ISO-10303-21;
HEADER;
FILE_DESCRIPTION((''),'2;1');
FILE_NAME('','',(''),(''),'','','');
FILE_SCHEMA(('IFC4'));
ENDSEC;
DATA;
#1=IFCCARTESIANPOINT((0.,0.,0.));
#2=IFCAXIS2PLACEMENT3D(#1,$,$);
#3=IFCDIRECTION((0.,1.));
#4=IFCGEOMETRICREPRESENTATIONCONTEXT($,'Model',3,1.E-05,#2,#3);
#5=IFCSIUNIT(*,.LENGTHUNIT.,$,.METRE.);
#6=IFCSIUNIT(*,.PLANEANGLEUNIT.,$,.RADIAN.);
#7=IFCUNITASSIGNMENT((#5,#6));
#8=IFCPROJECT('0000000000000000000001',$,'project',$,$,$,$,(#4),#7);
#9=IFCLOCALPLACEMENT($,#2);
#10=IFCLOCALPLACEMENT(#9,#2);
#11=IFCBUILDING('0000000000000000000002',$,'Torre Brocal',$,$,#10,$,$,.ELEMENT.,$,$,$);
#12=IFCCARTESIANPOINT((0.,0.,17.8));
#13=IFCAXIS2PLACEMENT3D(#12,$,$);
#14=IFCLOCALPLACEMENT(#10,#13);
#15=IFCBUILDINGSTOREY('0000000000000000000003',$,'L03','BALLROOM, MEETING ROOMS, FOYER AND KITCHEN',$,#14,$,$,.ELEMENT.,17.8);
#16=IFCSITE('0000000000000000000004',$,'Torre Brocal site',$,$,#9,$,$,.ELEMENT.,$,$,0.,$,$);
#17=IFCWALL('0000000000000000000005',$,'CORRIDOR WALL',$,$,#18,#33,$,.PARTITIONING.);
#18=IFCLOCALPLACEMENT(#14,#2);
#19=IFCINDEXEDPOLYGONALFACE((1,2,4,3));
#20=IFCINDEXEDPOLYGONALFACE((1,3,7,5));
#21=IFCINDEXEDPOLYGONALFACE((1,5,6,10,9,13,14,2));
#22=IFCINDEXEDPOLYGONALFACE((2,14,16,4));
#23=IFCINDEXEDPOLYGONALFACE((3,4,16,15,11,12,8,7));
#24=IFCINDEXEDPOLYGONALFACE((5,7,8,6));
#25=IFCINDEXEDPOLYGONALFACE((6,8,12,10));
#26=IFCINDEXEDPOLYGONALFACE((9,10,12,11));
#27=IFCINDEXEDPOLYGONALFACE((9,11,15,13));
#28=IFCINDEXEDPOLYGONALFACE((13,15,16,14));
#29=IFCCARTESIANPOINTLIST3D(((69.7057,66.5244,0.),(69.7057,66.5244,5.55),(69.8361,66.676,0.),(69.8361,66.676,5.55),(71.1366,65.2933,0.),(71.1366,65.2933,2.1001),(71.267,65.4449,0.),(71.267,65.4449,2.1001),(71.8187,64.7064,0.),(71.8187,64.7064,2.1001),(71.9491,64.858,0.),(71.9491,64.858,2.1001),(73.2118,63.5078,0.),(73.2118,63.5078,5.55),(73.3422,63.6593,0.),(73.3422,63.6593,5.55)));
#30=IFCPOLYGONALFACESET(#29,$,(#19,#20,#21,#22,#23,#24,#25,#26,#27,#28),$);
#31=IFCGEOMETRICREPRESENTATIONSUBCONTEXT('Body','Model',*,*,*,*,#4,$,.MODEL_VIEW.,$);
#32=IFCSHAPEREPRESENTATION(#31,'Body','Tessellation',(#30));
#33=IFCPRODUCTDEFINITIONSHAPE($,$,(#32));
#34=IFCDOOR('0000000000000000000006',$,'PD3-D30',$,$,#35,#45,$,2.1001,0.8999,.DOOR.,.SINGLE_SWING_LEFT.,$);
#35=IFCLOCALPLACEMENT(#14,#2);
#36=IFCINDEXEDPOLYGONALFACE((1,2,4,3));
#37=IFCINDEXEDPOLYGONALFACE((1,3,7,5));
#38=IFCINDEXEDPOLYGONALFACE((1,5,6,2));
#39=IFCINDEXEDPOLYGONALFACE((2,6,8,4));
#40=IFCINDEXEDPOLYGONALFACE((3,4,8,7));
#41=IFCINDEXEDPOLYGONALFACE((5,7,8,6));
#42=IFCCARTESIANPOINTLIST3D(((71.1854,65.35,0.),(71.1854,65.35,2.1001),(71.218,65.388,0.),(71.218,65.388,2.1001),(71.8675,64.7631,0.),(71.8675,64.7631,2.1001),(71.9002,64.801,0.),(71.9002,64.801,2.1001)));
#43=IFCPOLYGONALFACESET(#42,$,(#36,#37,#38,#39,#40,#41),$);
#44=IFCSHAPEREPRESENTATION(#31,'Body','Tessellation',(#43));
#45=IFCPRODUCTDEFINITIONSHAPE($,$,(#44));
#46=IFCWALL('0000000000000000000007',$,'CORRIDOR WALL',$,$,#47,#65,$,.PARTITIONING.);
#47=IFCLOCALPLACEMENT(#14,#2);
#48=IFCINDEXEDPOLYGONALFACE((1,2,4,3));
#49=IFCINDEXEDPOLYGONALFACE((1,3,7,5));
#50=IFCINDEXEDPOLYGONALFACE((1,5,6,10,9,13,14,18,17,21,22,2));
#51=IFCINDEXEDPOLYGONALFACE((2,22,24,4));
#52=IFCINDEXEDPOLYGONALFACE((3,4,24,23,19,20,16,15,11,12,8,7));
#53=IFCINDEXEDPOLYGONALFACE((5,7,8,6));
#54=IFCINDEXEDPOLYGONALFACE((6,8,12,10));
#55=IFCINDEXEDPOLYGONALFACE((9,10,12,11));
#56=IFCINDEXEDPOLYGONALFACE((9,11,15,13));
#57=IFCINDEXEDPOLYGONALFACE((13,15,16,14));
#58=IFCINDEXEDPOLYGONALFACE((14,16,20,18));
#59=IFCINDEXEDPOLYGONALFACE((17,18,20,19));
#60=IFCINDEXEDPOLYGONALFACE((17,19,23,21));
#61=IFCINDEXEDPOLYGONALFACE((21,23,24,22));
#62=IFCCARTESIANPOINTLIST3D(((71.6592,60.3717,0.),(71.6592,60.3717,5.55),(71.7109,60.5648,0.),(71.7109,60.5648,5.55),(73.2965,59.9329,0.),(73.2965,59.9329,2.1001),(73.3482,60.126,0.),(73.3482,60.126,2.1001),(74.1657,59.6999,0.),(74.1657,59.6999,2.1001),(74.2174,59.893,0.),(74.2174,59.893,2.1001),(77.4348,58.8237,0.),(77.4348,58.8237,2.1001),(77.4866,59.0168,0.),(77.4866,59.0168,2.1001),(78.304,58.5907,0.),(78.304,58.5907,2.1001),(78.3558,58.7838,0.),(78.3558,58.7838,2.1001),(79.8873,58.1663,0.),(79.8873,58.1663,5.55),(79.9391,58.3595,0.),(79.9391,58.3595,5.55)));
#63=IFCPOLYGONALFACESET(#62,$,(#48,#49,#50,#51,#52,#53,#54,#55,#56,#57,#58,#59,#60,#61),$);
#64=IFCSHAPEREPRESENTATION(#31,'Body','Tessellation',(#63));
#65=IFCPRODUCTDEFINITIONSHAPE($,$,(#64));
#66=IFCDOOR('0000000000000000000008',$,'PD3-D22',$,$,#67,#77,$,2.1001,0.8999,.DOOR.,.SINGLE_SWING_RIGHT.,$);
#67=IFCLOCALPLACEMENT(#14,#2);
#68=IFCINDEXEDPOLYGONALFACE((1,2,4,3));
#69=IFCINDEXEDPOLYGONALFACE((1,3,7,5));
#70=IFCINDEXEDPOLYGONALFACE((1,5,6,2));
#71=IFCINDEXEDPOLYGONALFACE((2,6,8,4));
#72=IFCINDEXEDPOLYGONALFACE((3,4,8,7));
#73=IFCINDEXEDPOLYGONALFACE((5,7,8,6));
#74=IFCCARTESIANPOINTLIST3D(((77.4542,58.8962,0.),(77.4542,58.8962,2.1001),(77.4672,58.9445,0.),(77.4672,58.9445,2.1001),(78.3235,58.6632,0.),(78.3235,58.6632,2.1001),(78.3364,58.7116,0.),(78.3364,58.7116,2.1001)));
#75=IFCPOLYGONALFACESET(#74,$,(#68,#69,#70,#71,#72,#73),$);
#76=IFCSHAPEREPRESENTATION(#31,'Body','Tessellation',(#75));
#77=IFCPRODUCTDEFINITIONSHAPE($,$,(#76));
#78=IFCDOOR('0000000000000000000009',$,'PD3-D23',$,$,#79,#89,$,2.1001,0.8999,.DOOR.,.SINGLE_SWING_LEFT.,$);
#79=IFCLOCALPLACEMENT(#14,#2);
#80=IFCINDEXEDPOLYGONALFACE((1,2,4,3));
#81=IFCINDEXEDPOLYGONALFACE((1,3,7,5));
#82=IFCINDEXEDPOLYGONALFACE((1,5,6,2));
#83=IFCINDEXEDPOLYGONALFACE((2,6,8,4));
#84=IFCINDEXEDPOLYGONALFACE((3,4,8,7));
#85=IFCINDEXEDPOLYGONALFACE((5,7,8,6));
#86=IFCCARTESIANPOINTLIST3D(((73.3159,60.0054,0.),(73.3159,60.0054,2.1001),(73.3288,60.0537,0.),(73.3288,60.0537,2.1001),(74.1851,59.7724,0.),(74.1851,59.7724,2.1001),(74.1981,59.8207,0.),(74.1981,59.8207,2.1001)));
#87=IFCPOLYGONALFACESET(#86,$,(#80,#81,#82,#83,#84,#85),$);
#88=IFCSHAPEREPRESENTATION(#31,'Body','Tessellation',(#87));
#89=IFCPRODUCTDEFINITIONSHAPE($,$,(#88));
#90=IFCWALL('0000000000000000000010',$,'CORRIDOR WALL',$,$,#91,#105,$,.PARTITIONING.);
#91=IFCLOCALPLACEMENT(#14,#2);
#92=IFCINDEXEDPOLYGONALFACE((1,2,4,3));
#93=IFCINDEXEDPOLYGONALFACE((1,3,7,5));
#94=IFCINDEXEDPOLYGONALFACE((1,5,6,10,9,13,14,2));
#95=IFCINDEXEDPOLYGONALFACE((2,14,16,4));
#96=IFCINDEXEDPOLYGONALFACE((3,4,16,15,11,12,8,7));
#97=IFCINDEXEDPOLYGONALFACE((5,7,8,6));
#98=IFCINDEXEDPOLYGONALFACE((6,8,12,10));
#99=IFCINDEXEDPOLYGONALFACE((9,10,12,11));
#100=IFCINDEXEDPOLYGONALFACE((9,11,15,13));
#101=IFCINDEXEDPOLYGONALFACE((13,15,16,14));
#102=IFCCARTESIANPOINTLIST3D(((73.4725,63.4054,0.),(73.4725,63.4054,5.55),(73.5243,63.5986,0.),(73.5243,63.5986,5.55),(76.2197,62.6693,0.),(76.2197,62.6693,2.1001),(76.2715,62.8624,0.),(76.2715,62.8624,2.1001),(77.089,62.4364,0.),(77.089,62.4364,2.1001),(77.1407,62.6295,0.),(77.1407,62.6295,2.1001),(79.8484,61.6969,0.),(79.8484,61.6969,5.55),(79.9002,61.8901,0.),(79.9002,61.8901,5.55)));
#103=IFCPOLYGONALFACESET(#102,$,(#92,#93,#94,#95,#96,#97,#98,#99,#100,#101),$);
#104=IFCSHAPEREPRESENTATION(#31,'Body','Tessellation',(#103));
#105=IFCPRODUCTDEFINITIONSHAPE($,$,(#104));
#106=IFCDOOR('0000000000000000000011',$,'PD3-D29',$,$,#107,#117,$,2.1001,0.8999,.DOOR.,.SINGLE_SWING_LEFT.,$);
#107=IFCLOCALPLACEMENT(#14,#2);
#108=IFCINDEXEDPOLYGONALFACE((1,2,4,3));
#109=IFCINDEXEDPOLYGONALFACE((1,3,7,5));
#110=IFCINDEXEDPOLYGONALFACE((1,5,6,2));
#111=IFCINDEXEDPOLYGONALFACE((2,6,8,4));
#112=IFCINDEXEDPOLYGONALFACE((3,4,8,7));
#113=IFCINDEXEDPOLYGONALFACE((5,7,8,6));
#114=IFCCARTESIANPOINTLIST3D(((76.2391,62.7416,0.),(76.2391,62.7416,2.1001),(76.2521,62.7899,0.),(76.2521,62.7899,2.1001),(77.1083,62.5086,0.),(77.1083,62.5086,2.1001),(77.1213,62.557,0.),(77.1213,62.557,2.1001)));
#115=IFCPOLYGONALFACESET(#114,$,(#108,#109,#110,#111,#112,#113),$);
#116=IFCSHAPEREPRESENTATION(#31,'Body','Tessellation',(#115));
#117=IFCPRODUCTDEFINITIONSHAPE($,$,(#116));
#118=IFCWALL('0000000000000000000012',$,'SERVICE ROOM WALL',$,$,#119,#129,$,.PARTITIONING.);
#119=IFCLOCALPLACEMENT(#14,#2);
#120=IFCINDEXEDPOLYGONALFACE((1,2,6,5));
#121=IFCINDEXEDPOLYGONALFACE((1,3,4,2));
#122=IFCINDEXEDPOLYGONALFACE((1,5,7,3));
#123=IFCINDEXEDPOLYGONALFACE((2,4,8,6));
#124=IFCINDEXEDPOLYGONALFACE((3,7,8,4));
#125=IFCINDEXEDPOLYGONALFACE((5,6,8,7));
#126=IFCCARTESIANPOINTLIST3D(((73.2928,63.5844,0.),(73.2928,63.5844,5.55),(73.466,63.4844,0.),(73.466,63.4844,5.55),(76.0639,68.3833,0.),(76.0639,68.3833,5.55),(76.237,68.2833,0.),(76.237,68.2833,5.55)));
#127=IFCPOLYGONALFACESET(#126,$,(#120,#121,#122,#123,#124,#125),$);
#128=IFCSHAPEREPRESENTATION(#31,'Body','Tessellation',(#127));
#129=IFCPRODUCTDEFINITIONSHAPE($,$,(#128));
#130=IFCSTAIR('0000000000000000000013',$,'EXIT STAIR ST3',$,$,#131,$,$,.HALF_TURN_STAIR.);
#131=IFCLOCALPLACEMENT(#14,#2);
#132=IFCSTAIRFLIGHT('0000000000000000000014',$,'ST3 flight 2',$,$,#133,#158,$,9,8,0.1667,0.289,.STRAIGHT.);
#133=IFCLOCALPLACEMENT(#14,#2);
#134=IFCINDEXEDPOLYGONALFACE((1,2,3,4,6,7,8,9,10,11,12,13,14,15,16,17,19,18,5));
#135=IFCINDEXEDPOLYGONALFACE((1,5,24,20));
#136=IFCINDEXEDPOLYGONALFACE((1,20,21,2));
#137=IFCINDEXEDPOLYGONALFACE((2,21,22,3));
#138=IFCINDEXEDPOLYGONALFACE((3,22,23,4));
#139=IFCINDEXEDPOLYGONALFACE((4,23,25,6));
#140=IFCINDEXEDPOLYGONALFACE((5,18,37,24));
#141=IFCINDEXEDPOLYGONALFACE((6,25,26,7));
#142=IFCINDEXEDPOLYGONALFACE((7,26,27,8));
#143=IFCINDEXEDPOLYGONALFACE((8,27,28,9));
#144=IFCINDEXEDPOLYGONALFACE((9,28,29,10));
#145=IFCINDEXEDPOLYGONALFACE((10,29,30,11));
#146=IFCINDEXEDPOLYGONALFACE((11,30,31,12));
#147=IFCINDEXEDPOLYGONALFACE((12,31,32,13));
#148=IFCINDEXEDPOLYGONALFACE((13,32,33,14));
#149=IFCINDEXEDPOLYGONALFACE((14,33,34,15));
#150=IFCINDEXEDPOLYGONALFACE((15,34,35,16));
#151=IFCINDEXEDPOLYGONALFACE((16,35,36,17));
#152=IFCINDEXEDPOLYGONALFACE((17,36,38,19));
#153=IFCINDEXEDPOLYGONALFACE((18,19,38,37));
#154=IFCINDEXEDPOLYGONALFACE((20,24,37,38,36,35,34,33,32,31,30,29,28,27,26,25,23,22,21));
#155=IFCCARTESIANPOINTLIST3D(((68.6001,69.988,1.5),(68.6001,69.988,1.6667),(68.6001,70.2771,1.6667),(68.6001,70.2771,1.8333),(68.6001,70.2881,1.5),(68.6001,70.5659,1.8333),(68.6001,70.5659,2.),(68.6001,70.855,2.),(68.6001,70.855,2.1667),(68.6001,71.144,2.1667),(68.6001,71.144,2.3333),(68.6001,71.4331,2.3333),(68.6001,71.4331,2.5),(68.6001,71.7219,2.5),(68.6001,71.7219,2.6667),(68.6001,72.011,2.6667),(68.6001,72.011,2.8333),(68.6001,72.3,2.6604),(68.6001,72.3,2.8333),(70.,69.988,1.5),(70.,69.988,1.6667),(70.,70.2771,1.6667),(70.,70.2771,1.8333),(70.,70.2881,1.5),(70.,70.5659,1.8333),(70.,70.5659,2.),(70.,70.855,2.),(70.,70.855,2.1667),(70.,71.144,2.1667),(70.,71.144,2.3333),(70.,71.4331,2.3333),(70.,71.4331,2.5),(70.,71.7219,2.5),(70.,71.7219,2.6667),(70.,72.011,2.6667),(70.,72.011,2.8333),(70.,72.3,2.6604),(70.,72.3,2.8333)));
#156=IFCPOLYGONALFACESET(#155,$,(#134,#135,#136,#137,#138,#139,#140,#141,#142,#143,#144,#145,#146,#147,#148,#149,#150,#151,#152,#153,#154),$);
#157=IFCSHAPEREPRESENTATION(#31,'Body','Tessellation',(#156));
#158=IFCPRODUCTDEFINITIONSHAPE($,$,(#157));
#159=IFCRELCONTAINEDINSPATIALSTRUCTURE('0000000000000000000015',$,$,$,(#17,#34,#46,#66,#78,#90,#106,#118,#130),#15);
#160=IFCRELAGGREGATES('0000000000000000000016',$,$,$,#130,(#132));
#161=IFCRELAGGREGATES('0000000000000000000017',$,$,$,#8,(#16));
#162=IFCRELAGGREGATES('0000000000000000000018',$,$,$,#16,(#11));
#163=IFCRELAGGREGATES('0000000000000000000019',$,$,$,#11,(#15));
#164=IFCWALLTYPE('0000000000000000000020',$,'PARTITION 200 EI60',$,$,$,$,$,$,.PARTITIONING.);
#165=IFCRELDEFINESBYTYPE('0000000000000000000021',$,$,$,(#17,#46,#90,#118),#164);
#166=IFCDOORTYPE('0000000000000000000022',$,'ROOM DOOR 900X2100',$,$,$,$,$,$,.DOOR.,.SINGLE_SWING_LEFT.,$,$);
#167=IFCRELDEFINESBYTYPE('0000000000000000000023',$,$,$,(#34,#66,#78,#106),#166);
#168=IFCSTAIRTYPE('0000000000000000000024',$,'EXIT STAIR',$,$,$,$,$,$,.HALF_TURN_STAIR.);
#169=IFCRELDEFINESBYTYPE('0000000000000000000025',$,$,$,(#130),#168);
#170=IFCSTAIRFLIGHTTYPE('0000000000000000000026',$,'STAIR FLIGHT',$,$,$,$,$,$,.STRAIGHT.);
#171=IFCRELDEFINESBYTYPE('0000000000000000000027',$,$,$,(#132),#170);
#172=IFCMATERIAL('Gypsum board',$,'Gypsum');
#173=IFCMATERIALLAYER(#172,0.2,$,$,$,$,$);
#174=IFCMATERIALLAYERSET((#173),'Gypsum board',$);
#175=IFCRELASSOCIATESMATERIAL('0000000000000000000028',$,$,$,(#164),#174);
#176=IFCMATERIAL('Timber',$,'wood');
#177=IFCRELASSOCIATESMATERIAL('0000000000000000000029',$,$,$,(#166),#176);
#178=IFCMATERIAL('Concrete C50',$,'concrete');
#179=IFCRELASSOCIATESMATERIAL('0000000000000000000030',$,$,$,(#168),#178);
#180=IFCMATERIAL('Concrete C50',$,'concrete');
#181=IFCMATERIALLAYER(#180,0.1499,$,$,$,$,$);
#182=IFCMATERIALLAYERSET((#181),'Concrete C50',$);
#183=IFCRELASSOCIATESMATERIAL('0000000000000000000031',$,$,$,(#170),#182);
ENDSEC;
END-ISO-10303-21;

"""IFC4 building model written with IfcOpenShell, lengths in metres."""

from ifc_helpers import new_model, si_unit, direction, frame, frame_2d, origin, place, context, subcontext, project, spatial, polyline, rectangle, outline, extrude, material, layer, layer_set, type_object, element, fill, aggregate, save


model = new_model("IFC4")

# Units and contexts
model_context = context("Model", 3, precision=1e-05, world=origin(), true_north=direction((0.0, 1.0)))
body_context = subcontext(model_context, "Body", "Model", "MODEL_VIEW")
ifc_project = project(units=[si_unit("LENGTHUNIT", "METRE"), si_unit("PLANEANGLEUNIT", "RADIAN")], contexts=[model_context])

# Site, building, storey
site_placement = place(None, origin())
site = spatial("IfcSite", under=ifc_project, at=site_placement, Name="Torre Brocal site", CompositionType="ELEMENT", RefElevation=0.0)
building_placement = place(site_placement, origin())
building = spatial("IfcBuilding", under=site, at=building_placement, Name="Torre Brocal", CompositionType="ELEMENT")
storey_placement = place(building_placement, frame((0.0, 0.0, 17.8)))
storey = spatial("IfcBuildingStorey", under=building, at=storey_placement, Name="L03", Description="BALLROOM, MEETING ROOMS, FOYER AND KITCHEN", CompositionType="ELEMENT", Elevation=17.8)

# Wall, opening, door
ifc_material_1 = material(Name="Gypsum board", Category="Gypsum")
ifc_layer_1 = layer(ifc_material_1, 0.2)
ifc_layer_set_1 = layer_set([ifc_layer_1], Name="Gypsum board")
wall_type_1 = type_object("IfcWallType", Name="PARTITION 200 EI60", PredefinedType="PARTITIONING", material=ifc_layer_set_1)
wall_1_placement = place(storey_placement, frame((69.771, 66.6001, 0.0), z_axis=(0.0, 0.0, 1.0), x_axis=(0.758041, -0.652207, 0.0)))
wall_1 = element("IfcWall", 1, at=wall_1_placement, inside=storey, type_object=wall_type_1, Name="CORRIDOR WALL", PredefinedType="PARTITIONING", context=body_context, shape_type="SweptSolid", body=[
    extrude(rectangle(XDim=4.6252, YDim=0.2, at=frame_2d((2.3125, 0.0))), origin(), (0.0, 0.0, 1.0), 5.55),
])
opening_1_placement = place(wall_1_placement, frame((1.8875, 0.0, 0.0)))
opening_1 = element("IfcOpeningElement", 2, at=opening_1_placement, cuts=wall_1, PredefinedType="OPENING", context=body_context, shape_type="SweptSolid", body=[
    extrude(rectangle(XDim=0.8999, YDim=2.1001, at=frame_2d((0.45, 1.05))), frame((0.0, 0.1099, 0.0), z_axis=(0.0, -1.0, 0.0), x_axis=(1.0, 0.0, 0.0)), (0.0, 0.0, 1.0), 0.22),
])
ifc_material_2 = material(Name="Timber", Category="wood")
door_type_1 = type_object("IfcDoorType", Name="ROOM DOOR 900X2100", OperationType="SINGLE_SWING_LEFT", PredefinedType="DOOR", material=ifc_material_2)
door_1_placement = place(opening_1_placement, origin())
door_1 = element("IfcDoor", 3, at=door_1_placement, inside=storey, type_object=door_type_1, Name="PD3-D30", OperationType="SINGLE_SWING_LEFT", OverallHeight=2.1001, OverallWidth=0.8999, PredefinedType="DOOR", context=body_context, shape_type="SweptSolid", body=[
    extrude(rectangle(XDim=0.8999, YDim=2.1001, at=frame_2d((0.45, 1.05))), frame((0.0, 0.0249, 0.0), z_axis=(0.0, -1.0, 0.0), x_axis=(1.0, 0.0, 0.0)), (0.0, 0.0, 1.0), 0.05),
])
fill(opening_1, door_1)

# Wall, openings, doors
wall_2_placement = place(storey_placement, frame((71.6851, 60.4683, 0.0), z_axis=(0.0, 0.0, 1.0), x_axis=(0.965907, -0.258888, 0.0)))
wall_2 = element("IfcWall", 4, at=wall_2_placement, inside=storey, type_object=wall_type_1, Name="CORRIDOR WALL", PredefinedType="PARTITIONING", context=body_context, shape_type="SweptSolid", body=[
    extrude(rectangle(XDim=8.5186, YDim=0.2, at=frame_2d((4.2593, 0.0))), origin(), (0.0, 0.0, 1.0), 5.55),
])
opening_2_placement = place(wall_2_placement, frame((5.9795, 0.0, 0.0)))
opening_2 = element("IfcOpeningElement", 5, at=opening_2_placement, cuts=wall_2, PredefinedType="OPENING", context=body_context, shape_type="SweptSolid", body=[
    extrude(rectangle(XDim=0.8999, YDim=2.1001, at=frame_2d((0.45, 1.05))), frame((0.0, 0.1099, 0.0), z_axis=(0.0, -1.0, 0.0), x_axis=(1.0, 0.0, 0.0)), (0.0, 0.0, 1.0), 0.22),
])
opening_3_placement = place(wall_2_placement, frame((1.6951, 0.0, 0.0)))
opening_3 = element("IfcOpeningElement", 6, at=opening_3_placement, cuts=wall_2, PredefinedType="OPENING", context=body_context, shape_type="SweptSolid", body=[
    extrude(rectangle(XDim=0.8999, YDim=2.1001, at=frame_2d((0.45, 1.05))), frame((0.0, 0.1099, 0.0), z_axis=(0.0, -1.0, 0.0), x_axis=(1.0, 0.0, 0.0)), (0.0, 0.0, 1.0), 0.22),
])
door_2_placement = place(opening_2_placement, frame((0.8999, 0.0, 0.0), z_axis=(0.0, 0.0, 1.0), x_axis=(-1.0, 0.0, 0.0)))
door_2 = element("IfcDoor", 7, at=door_2_placement, inside=storey, type_object=door_type_1, Name="PD3-D22", OperationType="SINGLE_SWING_RIGHT", OverallHeight=2.1001, OverallWidth=0.8999, PredefinedType="DOOR", context=body_context, shape_type="SweptSolid", body=[
    extrude(rectangle(XDim=0.8999, YDim=2.1001, at=frame_2d((0.45, 1.05))), frame((0.0, 0.0249, 0.0), z_axis=(0.0, -1.0, 0.0), x_axis=(1.0, 0.0, 0.0)), (0.0, 0.0, 1.0), 0.05),
])
fill(opening_2, door_2)
door_3_placement = place(opening_3_placement, frame((0.8999, 0.0, 0.0), z_axis=(0.0, 0.0, 1.0), x_axis=(-1.0, 0.0, 0.0)))
door_3 = element("IfcDoor", 8, at=door_3_placement, inside=storey, type_object=door_type_1, Name="PD3-D23", OperationType="SINGLE_SWING_LEFT", OverallHeight=2.1001, OverallWidth=0.8999, PredefinedType="DOOR", context=body_context, shape_type="SweptSolid", body=[
    extrude(rectangle(XDim=0.8999, YDim=2.1001, at=frame_2d((0.45, 1.05))), frame((0.0, 0.0249, 0.0), z_axis=(0.0, -1.0, 0.0), x_axis=(1.0, 0.0, 0.0)), (0.0, 0.0, 1.0), 0.05),
])
fill(opening_3, door_3)

# Wall, opening, door
wall_3_placement = place(storey_placement, frame((73.4985, 63.502, 0.0), z_axis=(0.0, 0.0, 1.0), x_axis=(0.965924, -0.258827, 0.0)))
wall_3 = element("IfcWall", 9, at=wall_3_placement, inside=storey, type_object=wall_type_1, Name="CORRIDOR WALL", PredefinedType="PARTITIONING", context=body_context, shape_type="SweptSolid", body=[
    extrude(rectangle(XDim=6.6008, YDim=0.2, at=frame_2d((3.3003, 0.0))), origin(), (0.0, 0.0, 1.0), 5.55),
])
opening_4_placement = place(wall_3_placement, frame((2.844, 0.0, 0.0)))
opening_4 = element("IfcOpeningElement", 10, at=opening_4_placement, cuts=wall_3, PredefinedType="OPENING", context=body_context, shape_type="SweptSolid", body=[
    extrude(rectangle(XDim=0.8999, YDim=2.1001, at=frame_2d((0.45, 1.05))), frame((0.0, 0.1099, 0.0), z_axis=(0.0, -1.0, 0.0), x_axis=(1.0, 0.0, 0.0)), (0.0, 0.0, 1.0), 0.22),
])
door_4_placement = place(opening_4_placement, origin())
door_4 = element("IfcDoor", 11, at=door_4_placement, inside=storey, type_object=door_type_1, Name="PD3-D29", OperationType="SINGLE_SWING_LEFT", OverallHeight=2.1001, OverallWidth=0.8999, PredefinedType="DOOR", context=body_context, shape_type="SweptSolid", body=[
    extrude(rectangle(XDim=0.8999, YDim=2.1001, at=frame_2d((0.45, 1.05))), frame((0.0, 0.0249, 0.0), z_axis=(0.0, -1.0, 0.0), x_axis=(1.0, 0.0, 0.0)), (0.0, 0.0, 1.0), 0.05),
])
fill(opening_4, door_4)

# Wall
wall_4_placement = place(storey_placement, frame((73.3794, 63.5344, 0.0), z_axis=(0.0, 0.0, 1.0), x_axis=(0.500053, 0.865995, 0.0)))
element("IfcWall", 12, at=wall_4_placement, inside=storey, type_object=wall_type_1, Name="SERVICE ROOM WALL", PredefinedType="PARTITIONING", context=body_context, shape_type="SweptSolid", body=[
    extrude(rectangle(XDim=5.5415, YDim=0.2, at=frame_2d((2.7708, 0.0))), origin(), (0.0, 0.0, 1.0), 5.55),
])

# Stair, stair flight
ifc_material_3 = material(Name="Concrete C50", Category="concrete")
stair_type = type_object("IfcStairType", Name="EXIT STAIR", PredefinedType="HALF_TURN_STAIR", material=ifc_material_3)
stair_placement = place(storey_placement, origin())
stair = element("IfcStair", 13, at=stair_placement, inside=storey, type_object=stair_type, Name="EXIT STAIR ST3", PredefinedType="HALF_TURN_STAIR")
ifc_material_4 = material(Name="Concrete C50", Category="concrete")
ifc_layer_2 = layer(ifc_material_4, 0.1499)
ifc_layer_set_2 = layer_set([ifc_layer_2], Name="Concrete C50")
stair_flight_type = type_object("IfcStairFlightType", Name="STAIR FLIGHT", PredefinedType="STRAIGHT", material=ifc_layer_set_2)
stair_flight_1_placement = place(storey_placement, frame((69.3, 69.988, 1.5), z_axis=(0.0, 0.0, 1.0), x_axis=(0.0, 1.0, 0.0)))
stair_flight_1 = element("IfcStairFlight", 14, at=stair_flight_1_placement, type_object=stair_flight_type, Name="ST3 flight 2", NumberOfRisers=9, NumberOfTreads=8, PredefinedType="STRAIGHT", RiserHeight=0.1667, TreadLength=0.289, context=body_context, shape_type="SweptSolid", body=[
    extrude(outline(polyline([(0.0, 0.0), (0.0, 0.1667), (0.2891, 0.1667), (0.2891, 0.3333), (0.5779, 0.3333), (0.5779, 0.5), (0.8669, 0.5), (0.8669, 0.6667), (1.156, 0.6667), (1.156, 0.8333), (1.4451, 0.8333), (1.4451, 1.0), (1.7339, 1.0), (1.7339, 1.1667), (2.0229, 1.1667), (2.0229, 1.3333), (2.312, 1.3333), (2.312, 1.5), (2.312, 1.1604), (0.3, 0.0), (0.0, 0.0)])), frame((0.0, 0.7, 0.0), z_axis=(0.0, -1.0, 0.0), x_axis=(1.0, 0.0, 0.0)), (0.0, 0.0, 1.0), 1.3999),
])
aggregate(stair, [stair_flight_1])

save(model, "model.ifc")
